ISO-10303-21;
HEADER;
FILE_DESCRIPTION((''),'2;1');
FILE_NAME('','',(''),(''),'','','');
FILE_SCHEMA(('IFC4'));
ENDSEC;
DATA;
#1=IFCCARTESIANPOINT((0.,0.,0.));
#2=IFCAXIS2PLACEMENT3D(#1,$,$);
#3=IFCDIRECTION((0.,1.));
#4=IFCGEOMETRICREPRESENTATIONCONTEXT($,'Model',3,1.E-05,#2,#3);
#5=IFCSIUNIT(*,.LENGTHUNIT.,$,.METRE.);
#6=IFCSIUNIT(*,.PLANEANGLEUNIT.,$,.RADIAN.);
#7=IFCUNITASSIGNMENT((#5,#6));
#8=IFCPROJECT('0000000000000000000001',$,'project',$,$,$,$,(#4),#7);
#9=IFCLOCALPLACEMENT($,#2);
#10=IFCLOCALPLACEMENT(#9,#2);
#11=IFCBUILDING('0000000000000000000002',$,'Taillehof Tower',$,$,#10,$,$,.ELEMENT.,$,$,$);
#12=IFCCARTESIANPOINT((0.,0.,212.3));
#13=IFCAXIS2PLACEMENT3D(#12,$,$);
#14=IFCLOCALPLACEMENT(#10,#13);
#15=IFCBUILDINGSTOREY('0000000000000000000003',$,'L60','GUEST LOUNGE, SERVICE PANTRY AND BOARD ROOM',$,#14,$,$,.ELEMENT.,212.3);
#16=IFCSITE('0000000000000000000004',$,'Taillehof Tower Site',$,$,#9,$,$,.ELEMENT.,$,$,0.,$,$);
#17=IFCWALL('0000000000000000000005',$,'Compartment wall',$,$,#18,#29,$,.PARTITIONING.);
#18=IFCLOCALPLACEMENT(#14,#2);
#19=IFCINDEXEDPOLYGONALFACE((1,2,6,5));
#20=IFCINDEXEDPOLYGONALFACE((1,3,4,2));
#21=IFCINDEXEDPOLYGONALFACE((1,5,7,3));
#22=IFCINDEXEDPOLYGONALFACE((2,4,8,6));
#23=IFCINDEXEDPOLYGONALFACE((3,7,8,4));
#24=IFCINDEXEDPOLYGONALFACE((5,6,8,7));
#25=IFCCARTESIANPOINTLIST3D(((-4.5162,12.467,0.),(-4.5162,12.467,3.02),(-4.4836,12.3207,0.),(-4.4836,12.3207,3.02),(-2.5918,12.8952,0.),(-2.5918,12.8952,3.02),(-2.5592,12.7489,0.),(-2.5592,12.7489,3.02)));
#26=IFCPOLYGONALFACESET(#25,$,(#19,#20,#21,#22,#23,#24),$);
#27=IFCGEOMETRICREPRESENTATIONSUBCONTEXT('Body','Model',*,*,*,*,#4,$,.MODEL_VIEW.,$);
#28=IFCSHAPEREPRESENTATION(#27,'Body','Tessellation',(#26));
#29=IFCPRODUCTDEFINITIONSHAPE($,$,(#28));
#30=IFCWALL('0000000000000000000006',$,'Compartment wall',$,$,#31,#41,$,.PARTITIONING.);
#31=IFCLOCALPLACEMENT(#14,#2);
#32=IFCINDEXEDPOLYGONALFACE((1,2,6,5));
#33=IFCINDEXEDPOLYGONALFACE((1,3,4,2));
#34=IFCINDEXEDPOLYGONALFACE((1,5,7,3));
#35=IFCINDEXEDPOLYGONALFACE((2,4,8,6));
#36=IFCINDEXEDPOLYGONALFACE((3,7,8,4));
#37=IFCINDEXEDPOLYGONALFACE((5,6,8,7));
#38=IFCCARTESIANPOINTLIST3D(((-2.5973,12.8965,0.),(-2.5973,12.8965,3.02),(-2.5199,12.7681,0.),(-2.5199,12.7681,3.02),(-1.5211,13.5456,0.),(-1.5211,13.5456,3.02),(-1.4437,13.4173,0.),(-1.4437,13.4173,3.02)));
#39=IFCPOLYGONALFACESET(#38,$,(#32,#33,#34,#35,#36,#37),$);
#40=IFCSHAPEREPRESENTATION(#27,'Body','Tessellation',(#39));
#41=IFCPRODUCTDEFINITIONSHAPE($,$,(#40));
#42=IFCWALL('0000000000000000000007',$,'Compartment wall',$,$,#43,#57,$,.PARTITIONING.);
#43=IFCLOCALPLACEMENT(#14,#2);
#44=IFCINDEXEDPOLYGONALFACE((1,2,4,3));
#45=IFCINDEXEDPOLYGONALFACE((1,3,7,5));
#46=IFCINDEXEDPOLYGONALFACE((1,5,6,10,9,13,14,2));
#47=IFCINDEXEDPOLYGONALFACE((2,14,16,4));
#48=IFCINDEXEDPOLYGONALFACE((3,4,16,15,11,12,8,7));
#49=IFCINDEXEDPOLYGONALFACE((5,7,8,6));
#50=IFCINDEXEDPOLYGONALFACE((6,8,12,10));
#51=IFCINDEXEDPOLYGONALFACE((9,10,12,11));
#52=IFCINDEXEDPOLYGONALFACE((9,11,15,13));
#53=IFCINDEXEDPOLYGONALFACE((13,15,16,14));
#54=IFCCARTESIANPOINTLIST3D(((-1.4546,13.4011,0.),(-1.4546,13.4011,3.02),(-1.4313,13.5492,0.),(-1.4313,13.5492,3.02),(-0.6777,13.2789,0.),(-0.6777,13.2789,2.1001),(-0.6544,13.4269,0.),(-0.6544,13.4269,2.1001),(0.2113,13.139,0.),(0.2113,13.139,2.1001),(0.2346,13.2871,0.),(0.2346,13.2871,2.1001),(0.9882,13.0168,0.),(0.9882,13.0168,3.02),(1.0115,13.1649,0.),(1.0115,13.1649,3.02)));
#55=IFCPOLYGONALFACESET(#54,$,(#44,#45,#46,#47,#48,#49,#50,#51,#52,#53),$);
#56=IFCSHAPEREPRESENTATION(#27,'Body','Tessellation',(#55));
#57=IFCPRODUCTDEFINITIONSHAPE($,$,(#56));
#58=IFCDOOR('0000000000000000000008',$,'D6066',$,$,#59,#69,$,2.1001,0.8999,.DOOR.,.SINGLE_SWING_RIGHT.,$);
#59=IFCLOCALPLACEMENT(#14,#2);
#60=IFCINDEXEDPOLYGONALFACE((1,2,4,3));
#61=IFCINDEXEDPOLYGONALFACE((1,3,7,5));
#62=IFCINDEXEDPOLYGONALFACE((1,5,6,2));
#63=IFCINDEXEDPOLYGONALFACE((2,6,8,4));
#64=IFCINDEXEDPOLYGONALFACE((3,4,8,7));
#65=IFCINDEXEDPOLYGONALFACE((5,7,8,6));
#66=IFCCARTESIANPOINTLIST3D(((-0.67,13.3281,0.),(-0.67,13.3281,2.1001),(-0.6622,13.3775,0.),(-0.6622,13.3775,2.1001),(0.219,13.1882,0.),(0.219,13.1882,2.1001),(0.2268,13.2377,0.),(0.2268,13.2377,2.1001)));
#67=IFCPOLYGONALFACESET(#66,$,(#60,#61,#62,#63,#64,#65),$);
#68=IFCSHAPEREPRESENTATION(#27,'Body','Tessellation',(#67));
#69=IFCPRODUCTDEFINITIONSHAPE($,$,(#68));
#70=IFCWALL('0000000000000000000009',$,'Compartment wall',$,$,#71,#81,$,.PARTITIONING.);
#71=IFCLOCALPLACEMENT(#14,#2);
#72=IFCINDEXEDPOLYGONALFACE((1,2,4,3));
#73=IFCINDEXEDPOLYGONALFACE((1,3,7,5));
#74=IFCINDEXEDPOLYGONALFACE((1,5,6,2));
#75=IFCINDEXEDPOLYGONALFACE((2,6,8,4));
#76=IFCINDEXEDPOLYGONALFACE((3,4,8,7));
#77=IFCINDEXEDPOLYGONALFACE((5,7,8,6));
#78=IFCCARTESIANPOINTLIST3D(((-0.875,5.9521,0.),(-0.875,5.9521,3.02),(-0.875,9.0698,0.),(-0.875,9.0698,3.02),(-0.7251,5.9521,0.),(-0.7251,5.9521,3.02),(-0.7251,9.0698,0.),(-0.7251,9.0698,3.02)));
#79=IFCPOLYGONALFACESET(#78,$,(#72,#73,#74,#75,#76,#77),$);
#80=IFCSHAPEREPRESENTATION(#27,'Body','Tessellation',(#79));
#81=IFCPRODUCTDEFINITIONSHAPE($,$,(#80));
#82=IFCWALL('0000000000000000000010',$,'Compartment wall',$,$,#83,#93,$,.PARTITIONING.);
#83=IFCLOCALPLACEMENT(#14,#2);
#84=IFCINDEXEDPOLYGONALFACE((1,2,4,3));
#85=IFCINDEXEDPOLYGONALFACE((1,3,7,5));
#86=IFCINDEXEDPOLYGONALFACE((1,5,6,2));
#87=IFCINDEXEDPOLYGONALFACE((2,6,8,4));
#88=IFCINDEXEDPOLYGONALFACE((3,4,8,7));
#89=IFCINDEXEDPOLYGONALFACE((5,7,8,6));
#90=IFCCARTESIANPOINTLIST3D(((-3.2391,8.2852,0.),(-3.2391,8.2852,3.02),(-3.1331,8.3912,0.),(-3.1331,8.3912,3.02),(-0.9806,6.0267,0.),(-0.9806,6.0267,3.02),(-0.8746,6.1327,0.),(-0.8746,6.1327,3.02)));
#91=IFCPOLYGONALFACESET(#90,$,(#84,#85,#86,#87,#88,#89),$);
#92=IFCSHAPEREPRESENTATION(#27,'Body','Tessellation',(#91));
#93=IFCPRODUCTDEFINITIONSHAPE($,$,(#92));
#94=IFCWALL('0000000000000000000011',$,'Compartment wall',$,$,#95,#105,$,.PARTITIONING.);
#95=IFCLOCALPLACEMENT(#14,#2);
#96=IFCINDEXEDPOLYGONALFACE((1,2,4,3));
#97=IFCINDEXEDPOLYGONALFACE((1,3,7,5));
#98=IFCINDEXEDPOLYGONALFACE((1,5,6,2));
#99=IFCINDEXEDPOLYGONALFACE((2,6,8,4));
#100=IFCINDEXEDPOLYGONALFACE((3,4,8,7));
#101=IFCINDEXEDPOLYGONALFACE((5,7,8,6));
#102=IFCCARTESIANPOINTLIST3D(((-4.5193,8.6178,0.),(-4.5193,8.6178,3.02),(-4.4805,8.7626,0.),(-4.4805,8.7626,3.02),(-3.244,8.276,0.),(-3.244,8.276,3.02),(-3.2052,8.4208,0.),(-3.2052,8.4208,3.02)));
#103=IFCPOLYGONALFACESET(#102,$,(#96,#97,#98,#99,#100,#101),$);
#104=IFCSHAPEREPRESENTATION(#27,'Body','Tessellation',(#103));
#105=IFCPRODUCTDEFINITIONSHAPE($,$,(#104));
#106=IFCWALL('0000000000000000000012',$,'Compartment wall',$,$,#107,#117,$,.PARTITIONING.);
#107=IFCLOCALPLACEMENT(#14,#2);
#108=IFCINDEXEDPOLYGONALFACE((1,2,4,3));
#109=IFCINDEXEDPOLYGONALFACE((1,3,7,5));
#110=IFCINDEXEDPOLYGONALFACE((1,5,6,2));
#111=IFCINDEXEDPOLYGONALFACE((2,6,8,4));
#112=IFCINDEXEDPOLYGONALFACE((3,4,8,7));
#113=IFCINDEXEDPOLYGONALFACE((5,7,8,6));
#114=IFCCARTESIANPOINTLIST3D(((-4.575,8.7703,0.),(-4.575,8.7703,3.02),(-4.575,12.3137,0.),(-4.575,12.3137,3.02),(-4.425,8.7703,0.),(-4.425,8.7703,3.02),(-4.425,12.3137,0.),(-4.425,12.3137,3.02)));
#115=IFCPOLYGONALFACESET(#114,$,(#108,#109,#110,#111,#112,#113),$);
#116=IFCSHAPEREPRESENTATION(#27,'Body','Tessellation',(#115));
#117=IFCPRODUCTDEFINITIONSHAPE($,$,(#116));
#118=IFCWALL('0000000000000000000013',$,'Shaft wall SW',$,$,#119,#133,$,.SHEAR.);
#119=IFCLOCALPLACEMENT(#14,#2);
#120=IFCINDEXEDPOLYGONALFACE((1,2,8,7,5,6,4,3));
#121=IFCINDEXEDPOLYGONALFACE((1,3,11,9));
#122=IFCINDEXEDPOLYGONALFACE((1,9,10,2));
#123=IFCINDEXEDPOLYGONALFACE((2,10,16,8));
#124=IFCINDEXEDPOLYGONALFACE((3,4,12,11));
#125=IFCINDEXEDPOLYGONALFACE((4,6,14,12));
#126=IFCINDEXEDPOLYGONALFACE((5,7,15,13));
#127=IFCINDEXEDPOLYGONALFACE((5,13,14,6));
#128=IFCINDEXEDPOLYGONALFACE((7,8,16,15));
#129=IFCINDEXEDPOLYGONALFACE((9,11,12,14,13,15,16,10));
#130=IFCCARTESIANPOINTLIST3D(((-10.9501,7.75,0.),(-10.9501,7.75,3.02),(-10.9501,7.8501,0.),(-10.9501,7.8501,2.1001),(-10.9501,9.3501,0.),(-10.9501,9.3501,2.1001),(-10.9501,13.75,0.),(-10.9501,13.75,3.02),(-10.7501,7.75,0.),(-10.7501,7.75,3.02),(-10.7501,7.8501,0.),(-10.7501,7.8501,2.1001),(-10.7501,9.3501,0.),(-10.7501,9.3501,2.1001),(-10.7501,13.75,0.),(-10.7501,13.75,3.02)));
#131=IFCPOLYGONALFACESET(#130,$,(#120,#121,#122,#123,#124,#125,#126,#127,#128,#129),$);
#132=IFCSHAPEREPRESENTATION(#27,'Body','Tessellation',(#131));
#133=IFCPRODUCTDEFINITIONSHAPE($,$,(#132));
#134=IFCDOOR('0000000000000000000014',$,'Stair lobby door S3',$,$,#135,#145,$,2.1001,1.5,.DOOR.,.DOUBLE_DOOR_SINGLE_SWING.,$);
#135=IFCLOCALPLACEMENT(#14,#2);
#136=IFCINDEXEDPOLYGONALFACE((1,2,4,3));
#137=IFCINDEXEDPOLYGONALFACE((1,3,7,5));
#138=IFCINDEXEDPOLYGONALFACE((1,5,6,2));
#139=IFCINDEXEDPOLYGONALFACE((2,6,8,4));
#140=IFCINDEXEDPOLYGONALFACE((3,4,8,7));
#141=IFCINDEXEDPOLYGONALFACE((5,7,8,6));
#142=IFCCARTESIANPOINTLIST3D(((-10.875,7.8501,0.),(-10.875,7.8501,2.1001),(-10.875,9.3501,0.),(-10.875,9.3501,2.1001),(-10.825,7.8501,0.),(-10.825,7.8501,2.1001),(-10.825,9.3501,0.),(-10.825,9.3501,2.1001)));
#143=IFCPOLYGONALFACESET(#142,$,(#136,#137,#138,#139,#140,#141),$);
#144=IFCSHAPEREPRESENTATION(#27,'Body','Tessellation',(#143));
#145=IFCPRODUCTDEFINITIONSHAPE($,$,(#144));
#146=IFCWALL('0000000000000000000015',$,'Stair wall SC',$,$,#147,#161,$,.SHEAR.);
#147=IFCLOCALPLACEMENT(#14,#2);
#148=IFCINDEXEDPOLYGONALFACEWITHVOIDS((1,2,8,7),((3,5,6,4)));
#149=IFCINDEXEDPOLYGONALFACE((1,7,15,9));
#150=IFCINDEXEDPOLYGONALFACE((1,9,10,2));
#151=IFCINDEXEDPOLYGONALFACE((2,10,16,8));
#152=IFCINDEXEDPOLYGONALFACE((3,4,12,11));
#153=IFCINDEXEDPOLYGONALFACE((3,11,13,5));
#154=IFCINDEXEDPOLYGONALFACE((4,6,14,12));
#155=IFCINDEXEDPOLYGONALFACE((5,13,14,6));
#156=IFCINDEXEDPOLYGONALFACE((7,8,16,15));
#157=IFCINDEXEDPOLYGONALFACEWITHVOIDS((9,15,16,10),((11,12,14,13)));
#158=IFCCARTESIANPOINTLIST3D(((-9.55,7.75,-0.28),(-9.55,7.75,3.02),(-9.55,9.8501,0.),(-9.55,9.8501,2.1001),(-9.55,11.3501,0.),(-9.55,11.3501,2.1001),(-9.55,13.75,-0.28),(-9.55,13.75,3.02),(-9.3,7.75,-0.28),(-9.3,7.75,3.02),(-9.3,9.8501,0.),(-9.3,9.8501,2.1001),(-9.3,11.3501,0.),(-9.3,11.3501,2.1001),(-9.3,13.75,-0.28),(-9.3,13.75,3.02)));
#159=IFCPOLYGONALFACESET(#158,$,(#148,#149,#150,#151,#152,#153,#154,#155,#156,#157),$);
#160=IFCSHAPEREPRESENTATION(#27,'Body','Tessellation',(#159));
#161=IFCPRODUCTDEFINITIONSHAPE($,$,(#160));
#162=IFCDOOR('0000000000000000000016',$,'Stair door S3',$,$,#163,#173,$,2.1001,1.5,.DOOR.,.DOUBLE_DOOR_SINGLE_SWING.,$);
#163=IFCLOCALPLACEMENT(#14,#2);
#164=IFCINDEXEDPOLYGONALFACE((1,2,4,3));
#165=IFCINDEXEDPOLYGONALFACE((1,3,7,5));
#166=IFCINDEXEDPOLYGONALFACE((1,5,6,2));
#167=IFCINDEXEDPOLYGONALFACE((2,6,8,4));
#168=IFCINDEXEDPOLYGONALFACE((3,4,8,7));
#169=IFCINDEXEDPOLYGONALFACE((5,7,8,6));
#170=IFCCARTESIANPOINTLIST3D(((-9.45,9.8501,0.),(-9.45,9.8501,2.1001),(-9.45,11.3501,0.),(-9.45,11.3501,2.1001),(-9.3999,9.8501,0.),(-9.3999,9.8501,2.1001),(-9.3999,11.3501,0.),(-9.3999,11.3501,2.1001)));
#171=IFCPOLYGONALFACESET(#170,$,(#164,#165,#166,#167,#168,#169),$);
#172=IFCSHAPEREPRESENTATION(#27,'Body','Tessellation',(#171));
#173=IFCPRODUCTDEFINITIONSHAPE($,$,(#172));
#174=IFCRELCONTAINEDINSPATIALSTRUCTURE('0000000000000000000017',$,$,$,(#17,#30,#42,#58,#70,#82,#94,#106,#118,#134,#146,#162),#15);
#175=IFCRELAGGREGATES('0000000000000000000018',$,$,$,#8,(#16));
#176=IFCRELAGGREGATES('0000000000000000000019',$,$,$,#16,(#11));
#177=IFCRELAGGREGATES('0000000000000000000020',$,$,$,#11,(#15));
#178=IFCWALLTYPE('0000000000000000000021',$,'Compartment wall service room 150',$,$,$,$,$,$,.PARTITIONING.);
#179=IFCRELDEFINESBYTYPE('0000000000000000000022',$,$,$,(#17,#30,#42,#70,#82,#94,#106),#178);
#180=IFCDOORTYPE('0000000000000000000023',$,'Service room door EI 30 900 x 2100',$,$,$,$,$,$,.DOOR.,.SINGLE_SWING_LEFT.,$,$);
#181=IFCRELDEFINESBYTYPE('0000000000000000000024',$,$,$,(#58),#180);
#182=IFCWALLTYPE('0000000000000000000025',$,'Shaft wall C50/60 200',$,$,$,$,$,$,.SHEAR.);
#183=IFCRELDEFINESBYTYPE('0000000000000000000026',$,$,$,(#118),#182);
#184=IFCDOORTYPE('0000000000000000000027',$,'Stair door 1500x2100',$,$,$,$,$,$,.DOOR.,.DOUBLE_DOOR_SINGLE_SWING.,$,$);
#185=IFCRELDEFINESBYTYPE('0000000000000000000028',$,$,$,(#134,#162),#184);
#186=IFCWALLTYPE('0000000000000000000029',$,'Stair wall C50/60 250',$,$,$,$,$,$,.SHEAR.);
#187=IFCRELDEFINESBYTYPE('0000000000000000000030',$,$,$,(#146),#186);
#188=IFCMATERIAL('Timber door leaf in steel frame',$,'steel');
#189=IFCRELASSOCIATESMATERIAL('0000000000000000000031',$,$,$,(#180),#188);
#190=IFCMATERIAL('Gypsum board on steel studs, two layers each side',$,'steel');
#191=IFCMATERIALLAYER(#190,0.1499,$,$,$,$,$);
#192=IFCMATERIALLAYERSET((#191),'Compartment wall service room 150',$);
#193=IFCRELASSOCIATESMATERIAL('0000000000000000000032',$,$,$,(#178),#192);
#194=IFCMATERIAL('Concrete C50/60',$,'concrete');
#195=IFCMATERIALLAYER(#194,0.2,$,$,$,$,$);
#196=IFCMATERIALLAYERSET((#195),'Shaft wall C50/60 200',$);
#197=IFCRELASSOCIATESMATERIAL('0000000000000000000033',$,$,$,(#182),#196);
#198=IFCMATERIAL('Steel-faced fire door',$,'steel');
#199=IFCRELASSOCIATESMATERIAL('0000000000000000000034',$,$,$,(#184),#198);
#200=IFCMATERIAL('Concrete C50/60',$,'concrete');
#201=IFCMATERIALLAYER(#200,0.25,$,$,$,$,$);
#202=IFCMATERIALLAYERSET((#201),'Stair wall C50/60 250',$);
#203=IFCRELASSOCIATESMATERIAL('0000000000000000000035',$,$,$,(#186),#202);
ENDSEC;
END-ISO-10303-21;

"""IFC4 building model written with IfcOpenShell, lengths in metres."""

from ifc_helpers import new_model, si_unit, direction, frame, frame_2d, origin, place, context, subcontext, project, spatial, rectangle, extrude, material, layer, layer_set, type_object, element, fill, save


model = new_model("IFC4")

# Units and contexts
model_context = context("Model", 3, precision=1e-05, world=origin(), true_north=direction((0.0, 1.0)))
body_context = subcontext(model_context, "Body", "Model", "MODEL_VIEW")
ifc_project = project(units=[si_unit("LENGTHUNIT", "METRE"), si_unit("PLANEANGLEUNIT", "RADIAN")], contexts=[model_context])

# Site, building, storey
site_placement = place(None, origin())
site = spatial("IfcSite", under=ifc_project, at=site_placement, Name="Taillehof Tower Site", CompositionType="ELEMENT", RefElevation=0.0)
building_placement = place(site_placement, origin())
building = spatial("IfcBuilding", under=site, at=building_placement, Name="Taillehof Tower", CompositionType="ELEMENT")
storey_placement = place(building_placement, frame((0.0, 0.0, 212.3)))
storey = spatial("IfcBuildingStorey", under=building, at=storey_placement, Name="L60", Description="GUEST LOUNGE, SERVICE PANTRY AND BOARD ROOM", CompositionType="ELEMENT", Elevation=212.3)

# Shared definitions
ifc_material_1 = material(Name="Timber door leaf in steel frame", Category="steel")
door_type_1 = type_object("IfcDoorType", Name="Service room door EI 30 900 x 2100", OperationType="SINGLE_SWING_LEFT", PredefinedType="DOOR", material=ifc_material_1)

# Walls
ifc_material_2 = material(Name="Gypsum board on steel studs, two layers each side", Category="steel")
ifc_layer_1 = layer(ifc_material_2, 0.1499)
ifc_layer_set_1 = layer_set([ifc_layer_1], Name="Compartment wall service room 150")
wall_type_1 = type_object("IfcWallType", Name="Compartment wall service room 150", PredefinedType="PARTITIONING", material=ifc_layer_set_1)
wall_1_placement = place(storey_placement, frame((-4.5, 12.3938, 0.0), z_axis=(0.0, 0.0, 1.0), x_axis=(0.976123, 0.217219, 0.0)))
element("IfcWall", 1, at=wall_1_placement, inside=storey, type_object=wall_type_1, Name="Compartment wall", PredefinedType="PARTITIONING", context=body_context, shape_type="SweptSolid", body=[
    extrude(rectangle(XDim=1.9714, YDim=0.1499, at=frame_2d((0.9858, 0.0))), origin(), (0.0, 0.0, 1.0), 3.02),
])
wall_2_placement = place(storey_placement, frame((-2.5586, 12.8323, 0.0), z_axis=(0.0, 0.0, 1.0), x_axis=(0.856274, 0.516523, 0.0)))
element("IfcWall", 2, at=wall_2_placement, inside=storey, type_object=wall_type_1, Name="Compartment wall", PredefinedType="PARTITIONING", context=body_context, shape_type="SweptSolid", body=[
    extrude(rectangle(XDim=1.2568, YDim=0.1499, at=frame_2d((0.6284, 0.0))), origin(), (0.0, 0.0, 1.0), 3.02),
])

# Wall, opening, door
wall_3_placement = place(storey_placement, frame((-1.4429, 13.4751, 0.0), z_axis=(0.0, 0.0, 1.0), x_axis=(0.987852, -0.155395, 0.0)))
wall_3 = element("IfcWall", 3, at=wall_3_placement, inside=storey, type_object=wall_type_1, Name="Compartment wall", PredefinedType="PARTITIONING", context=body_context, shape_type="SweptSolid", body=[
    extrude(rectangle(XDim=2.4729, YDim=0.1499, at=frame_2d((1.2363, 0.0))), origin(), (0.0, 0.0, 1.0), 3.02),
])
opening_1_placement = place(wall_3_placement, frame((0.7864, 0.0, 0.0)))
opening_1 = element("IfcOpeningElement", 4, at=opening_1_placement, cuts=wall_3, PredefinedType="OPENING", context=body_context, shape_type="SweptSolid", body=[
    extrude(rectangle(XDim=0.8999, YDim=2.1001, at=frame_2d((0.45, 1.05))), frame((0.0, 0.085, 0.0), z_axis=(0.0, -1.0, 0.0), x_axis=(1.0, 0.0, 0.0)), (0.0, 0.0, 1.0), 0.1699),
])
door_1_placement = place(opening_1_placement, origin())
door_1 = element("IfcDoor", 5, at=door_1_placement, inside=storey, type_object=door_type_1, Name="D6066", OperationType="SINGLE_SWING_RIGHT", OverallHeight=2.1001, OverallWidth=0.8999, PredefinedType="DOOR", context=body_context, shape_type="SweptSolid", body=[
    extrude(rectangle(XDim=0.8999, YDim=2.1001, at=frame_2d((0.45, 1.05))), frame((0.0, 0.0249, 0.0), z_axis=(0.0, -1.0, 0.0), x_axis=(1.0, 0.0, 0.0)), (0.0, 0.0, 1.0), 0.05),
])
fill(opening_1, door_1)

# Walls
wall_4_placement = place(storey_placement, frame((-0.8, 9.0698, 0.0), z_axis=(0.0, 0.0, 1.0), x_axis=(0.0, -1.0, 0.0)))
element("IfcWall", 6, at=wall_4_placement, inside=storey, type_object=wall_type_1, Name="Compartment wall", PredefinedType="PARTITIONING", context=body_context, shape_type="SweptSolid", body=[
    extrude(rectangle(XDim=3.1177, YDim=0.1499, at=frame_2d((1.5588, 0.0))), origin(), (0.0, 0.0, 1.0), 3.02),
])
wall_5_placement = place(storey_placement, frame((-0.9275, 6.0796, 0.0), z_axis=(0.0, 0.0, 1.0), x_axis=(-0.707107, 0.707107, 0.0)))
element("IfcWall", 7, at=wall_5_placement, inside=storey, type_object=wall_type_1, Name="Compartment wall", PredefinedType="PARTITIONING", context=body_context, shape_type="SweptSolid", body=[
    extrude(rectangle(XDim=3.1941, YDim=0.1499, at=frame_2d((1.5972, 0.0))), origin(), (0.0, 0.0, 1.0), 3.02),
])
wall_6_placement = place(storey_placement, frame((-3.2246, 8.3484, 0.0), z_axis=(0.0, 0.0, 1.0), x_axis=(-0.965915, 0.258859, 0.0)))
element("IfcWall", 8, at=wall_6_placement, inside=storey, type_object=wall_type_1, Name="Compartment wall", PredefinedType="PARTITIONING", context=body_context, shape_type="SweptSolid", body=[
    extrude(rectangle(XDim=1.3203, YDim=0.1499, at=frame_2d((0.6602, 0.0))), origin(), (0.0, 0.0, 1.0), 3.02),
])
wall_7_placement = place(storey_placement, frame((-4.5, 8.7703, 0.0), z_axis=(0.0, 0.0, 1.0), x_axis=(0.0, 1.0, 0.0)))
element("IfcWall", 9, at=wall_7_placement, inside=storey, type_object=wall_type_1, Name="Compartment wall", PredefinedType="PARTITIONING", context=body_context, shape_type="SweptSolid", body=[
    extrude(rectangle(XDim=3.5435, YDim=0.1499, at=frame_2d((1.7717, 0.0))), origin(), (0.0, 0.0, 1.0), 3.02),
])

# Walls, openings, doors
ifc_material_3 = material(Name="Concrete C50/60", Category="concrete")
ifc_layer_2 = layer(ifc_material_3, 0.2)
ifc_layer_set_2 = layer_set([ifc_layer_2], Name="Shaft wall C50/60 200")
wall_type_2 = type_object("IfcWallType", Name="Shaft wall C50/60 200", PredefinedType="SHEAR", material=ifc_layer_set_2)
wall_8_placement = place(storey_placement, frame((-10.8501, 7.75, 0.0), z_axis=(0.0, 0.0, 1.0), x_axis=(0.0, 1.0, 0.0)))
wall_8 = element("IfcWall", 10, at=wall_8_placement, inside=storey, type_object=wall_type_2, Name="Shaft wall SW", PredefinedType="SHEAR", context=body_context, shape_type="SweptSolid", body=[
    extrude(rectangle(XDim=6.0, YDim=0.2, at=frame_2d((3.0, 0.0))), origin(), (0.0, 0.0, 1.0), 3.02),
])
opening_2_placement = place(wall_8_placement, frame((0.1001, 0.0, 0.0)))
opening_2 = element("IfcOpeningElement", 11, at=opening_2_placement, cuts=wall_8, PredefinedType="OPENING", context=body_context, shape_type="SweptSolid", body=[
    extrude(rectangle(XDim=1.5, YDim=2.1001, at=frame_2d((0.75, 1.05))), frame((0.0, 0.1099, 0.0), z_axis=(0.0, -1.0, 0.0), x_axis=(1.0, 0.0, 0.0)), (0.0, 0.0, 1.0), 0.22),
])
ifc_material_4 = material(Name="Steel-faced fire door", Category="steel")
door_type_2 = type_object("IfcDoorType", Name="Stair door 1500x2100", OperationType="DOUBLE_DOOR_SINGLE_SWING", PredefinedType="DOOR", material=ifc_material_4)
door_2_placement = place(opening_2_placement, origin())
door_2 = element("IfcDoor", 12, at=door_2_placement, inside=storey, type_object=door_type_2, Name="Stair lobby door S3", OperationType="DOUBLE_DOOR_SINGLE_SWING", OverallHeight=2.1001, OverallWidth=1.5, PredefinedType="DOOR", context=body_context, shape_type="SweptSolid", body=[
    extrude(rectangle(XDim=1.5, YDim=2.1001, at=frame_2d((0.75, 1.05))), frame((0.0, 0.0249, 0.0), z_axis=(0.0, -1.0, 0.0), x_axis=(1.0, 0.0, 0.0)), (0.0, 0.0, 1.0), 0.05),
])
fill(opening_2, door_2)
ifc_material_5 = material(Name="Concrete C50/60", Category="concrete")
ifc_layer_3 = layer(ifc_material_5, 0.25)
ifc_layer_set_3 = layer_set([ifc_layer_3], Name="Stair wall C50/60 250")
wall_type_3 = type_object("IfcWallType", Name="Stair wall C50/60 250", PredefinedType="SHEAR", material=ifc_layer_set_3)
wall_9_placement = place(storey_placement, frame((-9.425, 7.75, -0.28), z_axis=(0.0, 0.0, 1.0), x_axis=(0.0, 1.0, 0.0)))
wall_9 = element("IfcWall", 13, at=wall_9_placement, inside=storey, type_object=wall_type_3, Name="Stair wall SC", PredefinedType="SHEAR", context=body_context, shape_type="SweptSolid", body=[
    extrude(rectangle(XDim=6.0, YDim=0.25, at=frame_2d((3.0, 0.0))), origin(), (0.0, 0.0, 1.0), 3.3),
])
opening_3_placement = place(wall_9_placement, frame((2.1001, 0.0, 0.28)))
opening_3 = element("IfcOpeningElement", 14, at=opening_3_placement, cuts=wall_9, PredefinedType="OPENING", context=body_context, shape_type="SweptSolid", body=[
    extrude(rectangle(XDim=1.5, YDim=2.1001, at=frame_2d((0.75, 1.05))), frame((0.0, 0.135, 0.0), z_axis=(0.0, -1.0, 0.0), x_axis=(1.0, 0.0, 0.0)), (0.0, 0.0, 1.0), 0.27),
])
door_3_placement = place(opening_3_placement, origin())
door_3 = element("IfcDoor", 15, at=door_3_placement, inside=storey, type_object=door_type_2, Name="Stair door S3", OperationType="DOUBLE_DOOR_SINGLE_SWING", OverallHeight=2.1001, OverallWidth=1.5, PredefinedType="DOOR", context=body_context, shape_type="SweptSolid", body=[
    extrude(rectangle(XDim=1.5, YDim=2.1001, at=frame_2d((0.75, 1.05))), frame((0.0, 0.0249, 0.0), z_axis=(0.0, -1.0, 0.0), x_axis=(1.0, 0.0, 0.0)), (0.0, 0.0, 1.0), 0.05),
])
fill(opening_3, door_3)

save(model, "model.ifc")
